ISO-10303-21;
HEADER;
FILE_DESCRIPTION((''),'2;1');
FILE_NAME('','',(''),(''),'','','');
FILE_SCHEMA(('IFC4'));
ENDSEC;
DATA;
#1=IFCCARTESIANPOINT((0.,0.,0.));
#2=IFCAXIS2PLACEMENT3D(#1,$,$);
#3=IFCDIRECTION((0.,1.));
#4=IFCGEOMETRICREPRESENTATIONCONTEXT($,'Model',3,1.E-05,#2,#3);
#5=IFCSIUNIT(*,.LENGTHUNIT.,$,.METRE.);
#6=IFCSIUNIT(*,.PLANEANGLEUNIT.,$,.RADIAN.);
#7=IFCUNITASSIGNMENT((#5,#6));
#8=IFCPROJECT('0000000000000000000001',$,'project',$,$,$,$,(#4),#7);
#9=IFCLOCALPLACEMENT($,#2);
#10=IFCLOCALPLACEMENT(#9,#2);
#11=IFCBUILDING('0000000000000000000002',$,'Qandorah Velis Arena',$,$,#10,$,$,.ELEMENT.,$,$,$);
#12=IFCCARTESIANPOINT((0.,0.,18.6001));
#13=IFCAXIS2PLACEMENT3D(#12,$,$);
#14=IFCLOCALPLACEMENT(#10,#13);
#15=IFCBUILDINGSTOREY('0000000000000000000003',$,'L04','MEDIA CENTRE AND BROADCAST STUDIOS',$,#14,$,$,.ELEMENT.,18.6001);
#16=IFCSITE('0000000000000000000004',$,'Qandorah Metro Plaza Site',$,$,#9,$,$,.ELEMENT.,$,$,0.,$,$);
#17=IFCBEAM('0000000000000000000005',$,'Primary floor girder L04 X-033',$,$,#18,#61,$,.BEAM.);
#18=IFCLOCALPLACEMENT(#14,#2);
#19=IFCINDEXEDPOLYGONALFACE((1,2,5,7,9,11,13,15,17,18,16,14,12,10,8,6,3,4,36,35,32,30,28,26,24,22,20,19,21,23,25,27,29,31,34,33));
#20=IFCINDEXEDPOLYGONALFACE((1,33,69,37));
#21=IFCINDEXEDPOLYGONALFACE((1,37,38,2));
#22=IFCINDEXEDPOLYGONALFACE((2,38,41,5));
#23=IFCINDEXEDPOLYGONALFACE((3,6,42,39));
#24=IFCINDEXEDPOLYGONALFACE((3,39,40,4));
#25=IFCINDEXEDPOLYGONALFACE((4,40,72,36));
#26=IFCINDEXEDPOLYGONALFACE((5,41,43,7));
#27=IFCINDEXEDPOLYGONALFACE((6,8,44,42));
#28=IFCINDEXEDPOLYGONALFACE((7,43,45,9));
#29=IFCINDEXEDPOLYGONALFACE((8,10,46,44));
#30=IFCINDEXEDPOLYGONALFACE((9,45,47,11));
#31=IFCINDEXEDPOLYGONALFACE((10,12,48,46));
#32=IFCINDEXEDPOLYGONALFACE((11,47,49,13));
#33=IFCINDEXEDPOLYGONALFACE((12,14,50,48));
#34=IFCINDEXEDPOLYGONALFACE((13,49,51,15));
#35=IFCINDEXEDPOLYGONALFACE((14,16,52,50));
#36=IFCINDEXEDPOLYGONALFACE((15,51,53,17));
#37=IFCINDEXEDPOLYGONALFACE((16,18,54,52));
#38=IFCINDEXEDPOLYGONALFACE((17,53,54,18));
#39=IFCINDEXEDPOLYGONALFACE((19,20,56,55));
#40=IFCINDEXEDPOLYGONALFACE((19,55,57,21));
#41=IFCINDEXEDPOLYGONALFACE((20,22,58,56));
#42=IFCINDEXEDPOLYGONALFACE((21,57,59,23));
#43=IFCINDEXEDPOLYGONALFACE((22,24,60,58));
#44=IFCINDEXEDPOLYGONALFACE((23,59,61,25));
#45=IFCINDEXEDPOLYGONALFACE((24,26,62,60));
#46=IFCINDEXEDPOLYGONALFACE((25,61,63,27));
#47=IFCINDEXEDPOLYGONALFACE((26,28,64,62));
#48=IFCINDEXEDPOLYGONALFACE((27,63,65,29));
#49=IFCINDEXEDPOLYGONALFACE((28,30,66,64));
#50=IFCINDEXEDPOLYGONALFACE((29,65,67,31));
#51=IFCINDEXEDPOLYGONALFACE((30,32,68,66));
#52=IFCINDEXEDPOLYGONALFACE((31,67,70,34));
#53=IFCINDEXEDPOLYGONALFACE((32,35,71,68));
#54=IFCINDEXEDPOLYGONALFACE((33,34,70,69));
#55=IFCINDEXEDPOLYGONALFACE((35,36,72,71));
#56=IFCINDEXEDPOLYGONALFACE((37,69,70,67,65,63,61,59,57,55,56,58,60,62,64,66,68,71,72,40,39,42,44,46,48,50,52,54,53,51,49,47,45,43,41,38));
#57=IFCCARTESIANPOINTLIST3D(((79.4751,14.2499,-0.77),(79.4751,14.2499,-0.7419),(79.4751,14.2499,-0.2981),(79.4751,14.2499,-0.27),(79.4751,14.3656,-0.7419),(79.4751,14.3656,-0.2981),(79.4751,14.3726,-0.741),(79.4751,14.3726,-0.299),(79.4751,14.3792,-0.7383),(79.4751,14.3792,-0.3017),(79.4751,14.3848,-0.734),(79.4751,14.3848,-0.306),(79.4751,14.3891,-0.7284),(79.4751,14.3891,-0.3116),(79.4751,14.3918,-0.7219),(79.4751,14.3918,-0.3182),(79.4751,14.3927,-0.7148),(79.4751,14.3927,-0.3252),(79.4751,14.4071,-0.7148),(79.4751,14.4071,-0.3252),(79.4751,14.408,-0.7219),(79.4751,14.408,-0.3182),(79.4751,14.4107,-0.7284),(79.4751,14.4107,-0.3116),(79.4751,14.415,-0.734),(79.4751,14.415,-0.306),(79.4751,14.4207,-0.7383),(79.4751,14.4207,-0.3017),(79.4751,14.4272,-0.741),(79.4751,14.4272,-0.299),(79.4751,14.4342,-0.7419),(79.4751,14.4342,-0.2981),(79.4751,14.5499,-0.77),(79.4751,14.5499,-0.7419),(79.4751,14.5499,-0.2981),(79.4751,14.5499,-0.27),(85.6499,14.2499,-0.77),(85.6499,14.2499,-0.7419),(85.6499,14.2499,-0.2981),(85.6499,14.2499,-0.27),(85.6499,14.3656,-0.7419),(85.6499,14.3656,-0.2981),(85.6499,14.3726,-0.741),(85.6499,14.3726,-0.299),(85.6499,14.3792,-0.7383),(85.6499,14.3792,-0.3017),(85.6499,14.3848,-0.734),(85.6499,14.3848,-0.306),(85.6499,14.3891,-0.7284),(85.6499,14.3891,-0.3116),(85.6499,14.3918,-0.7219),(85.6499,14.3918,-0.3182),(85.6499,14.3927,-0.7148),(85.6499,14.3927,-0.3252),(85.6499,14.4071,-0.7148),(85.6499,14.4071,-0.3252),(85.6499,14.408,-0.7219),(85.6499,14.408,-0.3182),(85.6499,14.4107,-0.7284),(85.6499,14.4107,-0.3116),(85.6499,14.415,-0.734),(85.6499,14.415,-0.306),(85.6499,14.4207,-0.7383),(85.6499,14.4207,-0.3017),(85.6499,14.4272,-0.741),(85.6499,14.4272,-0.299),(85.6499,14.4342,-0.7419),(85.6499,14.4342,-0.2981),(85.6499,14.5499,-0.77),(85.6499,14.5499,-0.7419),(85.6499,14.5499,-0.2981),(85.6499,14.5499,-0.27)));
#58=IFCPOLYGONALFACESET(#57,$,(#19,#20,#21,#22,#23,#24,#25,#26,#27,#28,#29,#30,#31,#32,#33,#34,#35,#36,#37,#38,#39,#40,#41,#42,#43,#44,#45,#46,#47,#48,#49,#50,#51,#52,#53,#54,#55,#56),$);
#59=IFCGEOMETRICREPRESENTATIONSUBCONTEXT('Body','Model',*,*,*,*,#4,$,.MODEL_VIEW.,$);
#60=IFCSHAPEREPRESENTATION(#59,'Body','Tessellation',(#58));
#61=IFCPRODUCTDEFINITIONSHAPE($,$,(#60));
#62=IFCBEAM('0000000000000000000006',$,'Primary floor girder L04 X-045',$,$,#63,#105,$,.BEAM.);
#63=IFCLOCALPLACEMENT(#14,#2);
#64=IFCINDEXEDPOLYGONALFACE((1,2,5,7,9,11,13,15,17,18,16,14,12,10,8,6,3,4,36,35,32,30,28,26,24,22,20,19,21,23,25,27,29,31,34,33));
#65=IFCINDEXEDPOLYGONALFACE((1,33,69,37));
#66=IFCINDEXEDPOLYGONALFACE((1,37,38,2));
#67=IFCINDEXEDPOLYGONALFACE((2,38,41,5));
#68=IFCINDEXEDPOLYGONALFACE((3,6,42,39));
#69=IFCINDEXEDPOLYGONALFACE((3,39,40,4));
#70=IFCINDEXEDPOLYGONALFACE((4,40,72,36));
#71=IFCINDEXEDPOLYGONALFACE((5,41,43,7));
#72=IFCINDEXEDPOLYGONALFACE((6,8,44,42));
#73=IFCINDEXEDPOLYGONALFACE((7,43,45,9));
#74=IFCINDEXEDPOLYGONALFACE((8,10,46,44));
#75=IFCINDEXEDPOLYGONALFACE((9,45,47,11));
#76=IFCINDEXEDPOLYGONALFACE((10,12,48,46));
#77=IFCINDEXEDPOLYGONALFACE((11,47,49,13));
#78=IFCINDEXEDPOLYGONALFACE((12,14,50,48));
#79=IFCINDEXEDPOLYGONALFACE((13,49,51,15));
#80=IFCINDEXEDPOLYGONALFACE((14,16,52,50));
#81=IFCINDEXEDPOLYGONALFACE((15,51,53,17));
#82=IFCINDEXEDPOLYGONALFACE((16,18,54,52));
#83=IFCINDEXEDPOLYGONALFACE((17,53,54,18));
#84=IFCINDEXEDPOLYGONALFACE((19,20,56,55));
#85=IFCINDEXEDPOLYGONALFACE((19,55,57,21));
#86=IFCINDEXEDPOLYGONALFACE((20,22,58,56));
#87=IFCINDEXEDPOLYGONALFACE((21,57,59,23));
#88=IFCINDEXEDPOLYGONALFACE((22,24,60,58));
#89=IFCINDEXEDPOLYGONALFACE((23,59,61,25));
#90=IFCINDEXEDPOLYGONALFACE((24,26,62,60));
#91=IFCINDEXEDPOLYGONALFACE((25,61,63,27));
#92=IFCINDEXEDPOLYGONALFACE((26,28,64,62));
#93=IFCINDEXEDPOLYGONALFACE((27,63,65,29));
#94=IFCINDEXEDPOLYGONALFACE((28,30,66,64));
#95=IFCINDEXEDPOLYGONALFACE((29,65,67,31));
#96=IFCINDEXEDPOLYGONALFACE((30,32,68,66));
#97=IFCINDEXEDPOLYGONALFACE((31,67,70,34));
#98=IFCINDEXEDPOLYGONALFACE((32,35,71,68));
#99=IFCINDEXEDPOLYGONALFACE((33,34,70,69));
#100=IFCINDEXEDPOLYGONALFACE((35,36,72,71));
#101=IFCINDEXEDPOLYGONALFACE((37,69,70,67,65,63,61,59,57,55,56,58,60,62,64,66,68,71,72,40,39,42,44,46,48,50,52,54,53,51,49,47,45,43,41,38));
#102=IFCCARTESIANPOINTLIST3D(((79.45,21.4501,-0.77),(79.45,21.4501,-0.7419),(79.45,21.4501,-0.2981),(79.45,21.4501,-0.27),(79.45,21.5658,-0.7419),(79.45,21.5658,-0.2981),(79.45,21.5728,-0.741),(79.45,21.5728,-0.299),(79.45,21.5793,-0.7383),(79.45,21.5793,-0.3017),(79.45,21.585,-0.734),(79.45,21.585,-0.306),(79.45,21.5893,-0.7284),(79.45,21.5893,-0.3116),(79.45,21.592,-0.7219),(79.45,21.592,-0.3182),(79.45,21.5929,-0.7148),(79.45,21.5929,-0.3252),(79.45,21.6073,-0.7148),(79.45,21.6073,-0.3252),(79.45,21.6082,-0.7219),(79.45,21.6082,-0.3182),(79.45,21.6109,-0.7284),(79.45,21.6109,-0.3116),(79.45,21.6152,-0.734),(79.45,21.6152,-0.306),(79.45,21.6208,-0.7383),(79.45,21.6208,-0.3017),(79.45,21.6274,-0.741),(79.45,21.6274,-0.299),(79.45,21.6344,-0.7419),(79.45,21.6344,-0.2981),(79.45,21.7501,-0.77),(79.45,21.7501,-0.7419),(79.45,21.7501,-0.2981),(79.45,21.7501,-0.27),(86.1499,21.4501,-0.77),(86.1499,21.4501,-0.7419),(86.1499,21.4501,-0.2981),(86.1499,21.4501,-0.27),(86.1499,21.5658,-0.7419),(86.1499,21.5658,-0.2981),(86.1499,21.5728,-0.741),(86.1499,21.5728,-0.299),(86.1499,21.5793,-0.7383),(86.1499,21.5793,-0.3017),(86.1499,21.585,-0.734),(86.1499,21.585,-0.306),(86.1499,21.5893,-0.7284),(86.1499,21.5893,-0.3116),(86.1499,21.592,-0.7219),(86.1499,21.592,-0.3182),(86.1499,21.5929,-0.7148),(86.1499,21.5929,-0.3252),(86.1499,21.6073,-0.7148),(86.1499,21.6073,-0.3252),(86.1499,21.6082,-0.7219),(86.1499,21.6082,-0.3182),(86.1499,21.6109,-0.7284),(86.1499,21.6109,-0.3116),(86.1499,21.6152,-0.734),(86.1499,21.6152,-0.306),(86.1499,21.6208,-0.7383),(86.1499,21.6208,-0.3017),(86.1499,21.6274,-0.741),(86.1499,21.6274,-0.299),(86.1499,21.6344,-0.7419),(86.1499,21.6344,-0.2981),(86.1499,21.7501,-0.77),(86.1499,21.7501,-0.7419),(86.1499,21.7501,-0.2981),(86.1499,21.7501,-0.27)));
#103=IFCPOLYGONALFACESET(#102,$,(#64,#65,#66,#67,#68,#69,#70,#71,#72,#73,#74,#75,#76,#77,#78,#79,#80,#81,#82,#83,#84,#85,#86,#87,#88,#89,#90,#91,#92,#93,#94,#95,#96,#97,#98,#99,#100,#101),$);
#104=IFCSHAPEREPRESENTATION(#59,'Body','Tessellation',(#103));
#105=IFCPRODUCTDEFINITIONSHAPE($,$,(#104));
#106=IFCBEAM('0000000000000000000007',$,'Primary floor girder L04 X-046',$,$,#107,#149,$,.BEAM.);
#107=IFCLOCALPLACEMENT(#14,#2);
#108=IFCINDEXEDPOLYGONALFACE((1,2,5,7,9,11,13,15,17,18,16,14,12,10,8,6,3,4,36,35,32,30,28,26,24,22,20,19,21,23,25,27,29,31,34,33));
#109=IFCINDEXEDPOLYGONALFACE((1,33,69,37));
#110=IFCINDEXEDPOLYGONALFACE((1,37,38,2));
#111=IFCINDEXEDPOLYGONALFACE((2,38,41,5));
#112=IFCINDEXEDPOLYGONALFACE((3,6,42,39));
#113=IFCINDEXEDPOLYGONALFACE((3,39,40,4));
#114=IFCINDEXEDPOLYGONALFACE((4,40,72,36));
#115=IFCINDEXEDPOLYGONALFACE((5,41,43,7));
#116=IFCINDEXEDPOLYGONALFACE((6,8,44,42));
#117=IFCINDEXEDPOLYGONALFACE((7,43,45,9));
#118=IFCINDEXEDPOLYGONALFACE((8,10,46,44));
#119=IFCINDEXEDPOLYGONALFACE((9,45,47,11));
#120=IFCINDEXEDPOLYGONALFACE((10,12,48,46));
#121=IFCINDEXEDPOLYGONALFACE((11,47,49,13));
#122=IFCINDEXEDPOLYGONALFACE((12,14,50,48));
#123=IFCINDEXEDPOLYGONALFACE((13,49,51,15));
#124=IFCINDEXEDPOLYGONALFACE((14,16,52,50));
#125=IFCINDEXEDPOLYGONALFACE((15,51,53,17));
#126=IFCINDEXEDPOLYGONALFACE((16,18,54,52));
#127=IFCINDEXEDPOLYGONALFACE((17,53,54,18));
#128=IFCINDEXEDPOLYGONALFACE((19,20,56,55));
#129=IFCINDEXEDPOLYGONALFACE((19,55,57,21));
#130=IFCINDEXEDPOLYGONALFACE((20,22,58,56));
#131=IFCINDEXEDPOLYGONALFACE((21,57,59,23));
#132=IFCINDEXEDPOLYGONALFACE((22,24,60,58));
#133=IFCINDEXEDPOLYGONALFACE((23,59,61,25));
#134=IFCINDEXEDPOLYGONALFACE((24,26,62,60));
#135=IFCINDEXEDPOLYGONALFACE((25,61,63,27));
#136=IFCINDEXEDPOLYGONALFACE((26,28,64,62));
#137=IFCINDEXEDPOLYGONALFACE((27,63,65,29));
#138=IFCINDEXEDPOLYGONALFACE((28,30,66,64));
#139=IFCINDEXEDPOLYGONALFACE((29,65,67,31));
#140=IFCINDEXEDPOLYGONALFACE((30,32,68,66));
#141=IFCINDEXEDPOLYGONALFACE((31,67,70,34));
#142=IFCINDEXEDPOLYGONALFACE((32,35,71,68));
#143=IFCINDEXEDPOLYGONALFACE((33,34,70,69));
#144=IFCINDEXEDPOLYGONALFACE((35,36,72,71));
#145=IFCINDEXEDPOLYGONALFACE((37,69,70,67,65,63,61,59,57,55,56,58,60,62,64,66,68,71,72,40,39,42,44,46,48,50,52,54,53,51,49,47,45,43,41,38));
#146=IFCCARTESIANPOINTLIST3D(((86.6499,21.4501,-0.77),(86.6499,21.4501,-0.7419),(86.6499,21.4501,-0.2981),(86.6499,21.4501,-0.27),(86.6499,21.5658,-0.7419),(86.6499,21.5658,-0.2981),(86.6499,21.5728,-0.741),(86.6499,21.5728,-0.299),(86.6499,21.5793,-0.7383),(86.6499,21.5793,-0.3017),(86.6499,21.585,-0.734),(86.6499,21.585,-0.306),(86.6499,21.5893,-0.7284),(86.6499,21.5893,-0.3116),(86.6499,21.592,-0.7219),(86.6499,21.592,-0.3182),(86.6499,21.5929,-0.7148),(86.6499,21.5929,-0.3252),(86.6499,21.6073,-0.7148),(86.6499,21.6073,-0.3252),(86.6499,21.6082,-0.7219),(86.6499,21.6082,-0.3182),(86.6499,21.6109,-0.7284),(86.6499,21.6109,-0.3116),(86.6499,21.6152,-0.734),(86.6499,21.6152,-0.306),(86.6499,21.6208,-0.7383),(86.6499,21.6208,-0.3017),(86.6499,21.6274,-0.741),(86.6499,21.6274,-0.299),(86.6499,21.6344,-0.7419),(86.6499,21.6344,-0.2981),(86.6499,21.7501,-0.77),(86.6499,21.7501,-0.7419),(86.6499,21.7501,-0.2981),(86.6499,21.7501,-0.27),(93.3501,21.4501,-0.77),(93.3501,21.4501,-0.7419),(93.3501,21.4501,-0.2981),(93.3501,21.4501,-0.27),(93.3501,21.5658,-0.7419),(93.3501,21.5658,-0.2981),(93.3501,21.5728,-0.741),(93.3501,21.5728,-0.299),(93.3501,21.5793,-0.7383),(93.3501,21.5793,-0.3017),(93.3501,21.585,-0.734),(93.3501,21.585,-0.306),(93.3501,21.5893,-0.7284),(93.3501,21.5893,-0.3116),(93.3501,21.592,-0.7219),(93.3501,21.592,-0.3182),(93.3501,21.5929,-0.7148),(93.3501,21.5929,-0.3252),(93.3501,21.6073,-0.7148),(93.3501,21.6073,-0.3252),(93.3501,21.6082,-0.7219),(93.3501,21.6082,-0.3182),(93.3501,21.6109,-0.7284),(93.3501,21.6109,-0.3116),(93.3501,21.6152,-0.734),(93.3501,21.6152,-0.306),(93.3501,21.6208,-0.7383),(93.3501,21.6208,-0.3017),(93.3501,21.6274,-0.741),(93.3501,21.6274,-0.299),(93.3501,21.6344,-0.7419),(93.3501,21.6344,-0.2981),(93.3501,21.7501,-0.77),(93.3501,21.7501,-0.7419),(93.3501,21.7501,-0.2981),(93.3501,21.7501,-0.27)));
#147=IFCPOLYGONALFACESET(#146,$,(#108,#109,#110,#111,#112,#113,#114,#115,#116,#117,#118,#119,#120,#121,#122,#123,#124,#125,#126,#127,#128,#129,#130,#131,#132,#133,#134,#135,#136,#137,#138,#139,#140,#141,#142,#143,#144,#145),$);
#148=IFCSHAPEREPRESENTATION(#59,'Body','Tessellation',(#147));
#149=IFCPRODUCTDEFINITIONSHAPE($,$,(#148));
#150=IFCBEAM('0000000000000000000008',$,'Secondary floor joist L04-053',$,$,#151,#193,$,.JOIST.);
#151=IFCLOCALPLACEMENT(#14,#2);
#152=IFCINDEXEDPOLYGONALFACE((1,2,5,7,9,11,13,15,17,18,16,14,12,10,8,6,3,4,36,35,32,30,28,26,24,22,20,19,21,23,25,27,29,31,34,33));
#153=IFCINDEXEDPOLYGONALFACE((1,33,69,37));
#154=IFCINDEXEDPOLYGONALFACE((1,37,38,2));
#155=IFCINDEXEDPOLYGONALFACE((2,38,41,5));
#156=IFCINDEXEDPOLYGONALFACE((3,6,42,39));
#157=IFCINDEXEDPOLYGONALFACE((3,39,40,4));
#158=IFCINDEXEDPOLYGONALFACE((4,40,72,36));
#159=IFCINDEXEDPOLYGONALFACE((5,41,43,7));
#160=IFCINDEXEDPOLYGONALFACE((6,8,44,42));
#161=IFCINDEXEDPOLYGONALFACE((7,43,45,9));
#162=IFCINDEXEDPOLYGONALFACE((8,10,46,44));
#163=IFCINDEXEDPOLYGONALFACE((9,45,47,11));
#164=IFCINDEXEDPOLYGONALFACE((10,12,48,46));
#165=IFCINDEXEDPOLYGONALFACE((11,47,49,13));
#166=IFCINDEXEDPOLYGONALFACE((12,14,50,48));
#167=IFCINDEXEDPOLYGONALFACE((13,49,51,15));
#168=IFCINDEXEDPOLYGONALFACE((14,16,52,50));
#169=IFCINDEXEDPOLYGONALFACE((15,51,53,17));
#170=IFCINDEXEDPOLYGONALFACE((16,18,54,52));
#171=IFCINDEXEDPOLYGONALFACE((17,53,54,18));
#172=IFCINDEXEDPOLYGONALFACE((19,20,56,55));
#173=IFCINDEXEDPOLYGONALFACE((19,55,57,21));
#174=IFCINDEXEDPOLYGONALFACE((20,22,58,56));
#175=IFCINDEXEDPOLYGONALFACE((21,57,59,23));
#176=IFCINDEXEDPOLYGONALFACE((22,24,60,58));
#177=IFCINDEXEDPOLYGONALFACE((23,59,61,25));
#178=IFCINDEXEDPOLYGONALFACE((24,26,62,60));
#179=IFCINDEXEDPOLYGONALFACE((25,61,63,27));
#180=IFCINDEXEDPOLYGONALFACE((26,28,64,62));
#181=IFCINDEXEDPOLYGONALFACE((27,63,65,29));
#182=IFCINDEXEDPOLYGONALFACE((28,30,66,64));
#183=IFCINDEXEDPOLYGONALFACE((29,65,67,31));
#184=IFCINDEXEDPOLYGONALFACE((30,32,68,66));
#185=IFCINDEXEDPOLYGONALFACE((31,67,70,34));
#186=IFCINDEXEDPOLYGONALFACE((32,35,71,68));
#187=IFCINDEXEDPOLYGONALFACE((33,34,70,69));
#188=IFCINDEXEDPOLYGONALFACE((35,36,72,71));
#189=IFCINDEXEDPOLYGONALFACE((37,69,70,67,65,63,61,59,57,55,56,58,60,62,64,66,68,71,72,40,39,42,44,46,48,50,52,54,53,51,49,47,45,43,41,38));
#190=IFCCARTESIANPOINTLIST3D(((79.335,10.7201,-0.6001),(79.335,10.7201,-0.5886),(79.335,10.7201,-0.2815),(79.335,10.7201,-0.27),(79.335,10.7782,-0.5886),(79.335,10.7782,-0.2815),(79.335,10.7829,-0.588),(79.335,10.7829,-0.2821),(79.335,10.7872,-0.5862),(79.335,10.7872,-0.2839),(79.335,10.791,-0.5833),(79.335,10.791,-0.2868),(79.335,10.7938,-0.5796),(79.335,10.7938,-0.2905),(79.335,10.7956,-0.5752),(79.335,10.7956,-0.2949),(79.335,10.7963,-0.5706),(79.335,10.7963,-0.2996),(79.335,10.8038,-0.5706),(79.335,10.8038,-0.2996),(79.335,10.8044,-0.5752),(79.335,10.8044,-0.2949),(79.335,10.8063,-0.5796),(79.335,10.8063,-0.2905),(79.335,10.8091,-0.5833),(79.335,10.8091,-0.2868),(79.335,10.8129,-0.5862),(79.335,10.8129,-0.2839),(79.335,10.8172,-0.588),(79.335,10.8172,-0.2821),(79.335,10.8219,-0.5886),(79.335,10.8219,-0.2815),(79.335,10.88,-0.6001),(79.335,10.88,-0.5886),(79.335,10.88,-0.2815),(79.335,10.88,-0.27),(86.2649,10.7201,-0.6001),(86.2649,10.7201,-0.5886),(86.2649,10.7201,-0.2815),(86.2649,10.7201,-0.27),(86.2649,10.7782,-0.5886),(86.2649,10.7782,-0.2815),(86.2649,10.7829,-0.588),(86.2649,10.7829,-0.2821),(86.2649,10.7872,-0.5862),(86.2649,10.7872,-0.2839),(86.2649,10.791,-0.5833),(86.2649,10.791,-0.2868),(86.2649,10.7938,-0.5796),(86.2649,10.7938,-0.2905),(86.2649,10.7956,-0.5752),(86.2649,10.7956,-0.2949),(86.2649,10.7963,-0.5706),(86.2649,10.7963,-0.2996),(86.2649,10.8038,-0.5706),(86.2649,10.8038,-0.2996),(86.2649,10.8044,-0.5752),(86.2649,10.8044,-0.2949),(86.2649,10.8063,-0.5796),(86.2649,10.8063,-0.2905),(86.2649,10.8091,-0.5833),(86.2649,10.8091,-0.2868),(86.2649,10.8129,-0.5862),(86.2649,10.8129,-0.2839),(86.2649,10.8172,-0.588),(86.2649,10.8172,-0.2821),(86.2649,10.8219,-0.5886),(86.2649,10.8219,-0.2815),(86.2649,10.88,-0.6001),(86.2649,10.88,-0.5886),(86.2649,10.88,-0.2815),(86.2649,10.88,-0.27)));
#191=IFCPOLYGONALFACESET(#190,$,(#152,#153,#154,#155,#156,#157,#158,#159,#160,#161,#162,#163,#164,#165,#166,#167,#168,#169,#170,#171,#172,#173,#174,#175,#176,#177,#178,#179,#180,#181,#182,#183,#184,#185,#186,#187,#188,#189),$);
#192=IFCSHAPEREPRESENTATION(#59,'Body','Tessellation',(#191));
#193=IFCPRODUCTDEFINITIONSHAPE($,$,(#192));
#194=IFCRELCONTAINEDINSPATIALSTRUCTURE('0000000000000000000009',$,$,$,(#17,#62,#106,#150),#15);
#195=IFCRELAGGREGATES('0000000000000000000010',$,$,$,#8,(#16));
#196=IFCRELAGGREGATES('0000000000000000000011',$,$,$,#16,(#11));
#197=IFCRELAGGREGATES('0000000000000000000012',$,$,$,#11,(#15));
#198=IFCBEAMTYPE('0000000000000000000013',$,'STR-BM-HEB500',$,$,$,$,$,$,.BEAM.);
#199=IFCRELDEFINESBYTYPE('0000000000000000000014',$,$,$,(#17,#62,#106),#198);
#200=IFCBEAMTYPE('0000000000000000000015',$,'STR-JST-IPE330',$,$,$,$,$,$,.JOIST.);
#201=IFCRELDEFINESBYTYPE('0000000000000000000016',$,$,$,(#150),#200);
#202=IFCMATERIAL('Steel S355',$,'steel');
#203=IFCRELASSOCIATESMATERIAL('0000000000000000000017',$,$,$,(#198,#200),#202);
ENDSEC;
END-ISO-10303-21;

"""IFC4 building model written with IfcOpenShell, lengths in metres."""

from ifc_helpers import new_model, si_unit, direction, frame, origin, origin_2d, place, context, subcontext, project, spatial, i_section, extrude, material, material_profile, profile_set, type_object, element, save


model = new_model("IFC4")

# Units and contexts
model_context = context("Model", 3, precision=1e-05, world=origin(), true_north=direction((0.0, 1.0)))
body_context = subcontext(model_context, "Body", "Model", "MODEL_VIEW")
ifc_project = project(units=[si_unit("LENGTHUNIT", "METRE"), si_unit("PLANEANGLEUNIT", "RADIAN")], contexts=[model_context])

# Site, building, storey
site_placement = place(None, origin())
site = spatial("IfcSite", under=ifc_project, at=site_placement, Name="Qandorah Metro Plaza Site", CompositionType="ELEMENT", RefElevation=0.0)
building_placement = place(site_placement, origin())
building = spatial("IfcBuilding", under=site, at=building_placement, Name="Qandorah Velis Arena", CompositionType="ELEMENT")
storey_placement = place(building_placement, frame((0.0, 0.0, 18.6001)))
storey = spatial("IfcBuildingStorey", under=building, at=storey_placement, Name="L04", Description="MEDIA CENTRE AND BROADCAST STUDIOS", CompositionType="ELEMENT", Elevation=18.6001)

# Shared definitions
ifc_material_1 = material(Name="Steel S355", Category="steel")

# Beams
ifc_material_profile_1 = material_profile(ifc_material_1, i_section(OverallWidth=0.3, OverallDepth=0.5, WebThickness=0.0144, FlangeThickness=0.0281, FilletRadius=0.0271, at=origin_2d()), Name="HEB 500")
ifc_profile_set_1 = profile_set([ifc_material_profile_1], Name="Steel S355")
beam_type_1 = type_object("IfcBeamType", Name="STR-BM-HEB500", PredefinedType="BEAM", material=ifc_profile_set_1)
beam_1_placement = place(storey_placement, frame((79.4751, 14.3999, -0.52), z_axis=(1.0, 0.0, 0.0), x_axis=(0.0, 1.0, 0.0)))
element("IfcBeam", 1, at=beam_1_placement, inside=storey, type_object=beam_type_1, Name="Primary floor girder L04 X-033", PredefinedType="BEAM", context=body_context, shape_type="SweptSolid", body=[
    extrude(i_section(OverallWidth=0.3, OverallDepth=0.5, WebThickness=0.0144, FlangeThickness=0.0281, FilletRadius=0.0271, at=origin_2d()), origin(), (0.0, 0.0, 1.0), 6.1748),
])
beam_2_placement = place(storey_placement, frame((79.45, 21.6001, -0.52), z_axis=(1.0, 0.0, 0.0), x_axis=(0.0, 1.0, 0.0)))
element("IfcBeam", 2, at=beam_2_placement, inside=storey, type_object=beam_type_1, Name="Primary floor girder L04 X-045", PredefinedType="BEAM", context=body_context, shape_type="SweptSolid", body=[
    extrude(i_section(OverallWidth=0.3, OverallDepth=0.5, WebThickness=0.0144, FlangeThickness=0.0281, FilletRadius=0.0271, at=origin_2d()), origin(), (0.0, 0.0, 1.0), 6.7),
])
beam_3_placement = place(storey_placement, frame((86.6499, 21.6001, -0.52), z_axis=(1.0, 0.0, 0.0), x_axis=(0.0, 1.0, 0.0)))
element("IfcBeam", 3, at=beam_3_placement, inside=storey, type_object=beam_type_1, Name="Primary floor girder L04 X-046", PredefinedType="BEAM", context=body_context, shape_type="SweptSolid", body=[
    extrude(i_section(OverallWidth=0.3, OverallDepth=0.5, WebThickness=0.0144, FlangeThickness=0.0281, FilletRadius=0.0271, at=origin_2d()), origin(), (0.0, 0.0, 1.0), 6.7002),
])
ifc_material_profile_2 = material_profile(ifc_material_1, i_section(OverallWidth=0.1599, OverallDepth=0.3301, WebThickness=0.0076, FlangeThickness=0.0115, FilletRadius=0.0181, at=origin_2d()), Name="IPE 330")
ifc_profile_set_2 = profile_set([ifc_material_profile_2], Name="Steel S355")
beam_type_2 = type_object("IfcBeamType", Name="STR-JST-IPE330", PredefinedType="JOIST", material=ifc_profile_set_2)
for number, where, z_axis, x_axis, name in (
    (4, (79.335, 10.8, -0.4351), (1.0, 0.0, 0.0), (0.0, 1.0, 0.0), "Secondary floor joist L04-053"),
):
    element("IfcBeam", number, at=place(storey_placement, frame(where, z_axis=z_axis, x_axis=x_axis)), inside=storey, type_object=beam_type_2, Name=name, PredefinedType="JOIST", context=body_context, shape_type="SweptSolid", body=[
        extrude(i_section(OverallWidth=0.1599, OverallDepth=0.3301, WebThickness=0.0076, FlangeThickness=0.0115, FilletRadius=0.0181, at=origin_2d()), origin(), (0.0, 0.0, 1.0), 6.9299),
    ])

save(model, "model.ifc")
